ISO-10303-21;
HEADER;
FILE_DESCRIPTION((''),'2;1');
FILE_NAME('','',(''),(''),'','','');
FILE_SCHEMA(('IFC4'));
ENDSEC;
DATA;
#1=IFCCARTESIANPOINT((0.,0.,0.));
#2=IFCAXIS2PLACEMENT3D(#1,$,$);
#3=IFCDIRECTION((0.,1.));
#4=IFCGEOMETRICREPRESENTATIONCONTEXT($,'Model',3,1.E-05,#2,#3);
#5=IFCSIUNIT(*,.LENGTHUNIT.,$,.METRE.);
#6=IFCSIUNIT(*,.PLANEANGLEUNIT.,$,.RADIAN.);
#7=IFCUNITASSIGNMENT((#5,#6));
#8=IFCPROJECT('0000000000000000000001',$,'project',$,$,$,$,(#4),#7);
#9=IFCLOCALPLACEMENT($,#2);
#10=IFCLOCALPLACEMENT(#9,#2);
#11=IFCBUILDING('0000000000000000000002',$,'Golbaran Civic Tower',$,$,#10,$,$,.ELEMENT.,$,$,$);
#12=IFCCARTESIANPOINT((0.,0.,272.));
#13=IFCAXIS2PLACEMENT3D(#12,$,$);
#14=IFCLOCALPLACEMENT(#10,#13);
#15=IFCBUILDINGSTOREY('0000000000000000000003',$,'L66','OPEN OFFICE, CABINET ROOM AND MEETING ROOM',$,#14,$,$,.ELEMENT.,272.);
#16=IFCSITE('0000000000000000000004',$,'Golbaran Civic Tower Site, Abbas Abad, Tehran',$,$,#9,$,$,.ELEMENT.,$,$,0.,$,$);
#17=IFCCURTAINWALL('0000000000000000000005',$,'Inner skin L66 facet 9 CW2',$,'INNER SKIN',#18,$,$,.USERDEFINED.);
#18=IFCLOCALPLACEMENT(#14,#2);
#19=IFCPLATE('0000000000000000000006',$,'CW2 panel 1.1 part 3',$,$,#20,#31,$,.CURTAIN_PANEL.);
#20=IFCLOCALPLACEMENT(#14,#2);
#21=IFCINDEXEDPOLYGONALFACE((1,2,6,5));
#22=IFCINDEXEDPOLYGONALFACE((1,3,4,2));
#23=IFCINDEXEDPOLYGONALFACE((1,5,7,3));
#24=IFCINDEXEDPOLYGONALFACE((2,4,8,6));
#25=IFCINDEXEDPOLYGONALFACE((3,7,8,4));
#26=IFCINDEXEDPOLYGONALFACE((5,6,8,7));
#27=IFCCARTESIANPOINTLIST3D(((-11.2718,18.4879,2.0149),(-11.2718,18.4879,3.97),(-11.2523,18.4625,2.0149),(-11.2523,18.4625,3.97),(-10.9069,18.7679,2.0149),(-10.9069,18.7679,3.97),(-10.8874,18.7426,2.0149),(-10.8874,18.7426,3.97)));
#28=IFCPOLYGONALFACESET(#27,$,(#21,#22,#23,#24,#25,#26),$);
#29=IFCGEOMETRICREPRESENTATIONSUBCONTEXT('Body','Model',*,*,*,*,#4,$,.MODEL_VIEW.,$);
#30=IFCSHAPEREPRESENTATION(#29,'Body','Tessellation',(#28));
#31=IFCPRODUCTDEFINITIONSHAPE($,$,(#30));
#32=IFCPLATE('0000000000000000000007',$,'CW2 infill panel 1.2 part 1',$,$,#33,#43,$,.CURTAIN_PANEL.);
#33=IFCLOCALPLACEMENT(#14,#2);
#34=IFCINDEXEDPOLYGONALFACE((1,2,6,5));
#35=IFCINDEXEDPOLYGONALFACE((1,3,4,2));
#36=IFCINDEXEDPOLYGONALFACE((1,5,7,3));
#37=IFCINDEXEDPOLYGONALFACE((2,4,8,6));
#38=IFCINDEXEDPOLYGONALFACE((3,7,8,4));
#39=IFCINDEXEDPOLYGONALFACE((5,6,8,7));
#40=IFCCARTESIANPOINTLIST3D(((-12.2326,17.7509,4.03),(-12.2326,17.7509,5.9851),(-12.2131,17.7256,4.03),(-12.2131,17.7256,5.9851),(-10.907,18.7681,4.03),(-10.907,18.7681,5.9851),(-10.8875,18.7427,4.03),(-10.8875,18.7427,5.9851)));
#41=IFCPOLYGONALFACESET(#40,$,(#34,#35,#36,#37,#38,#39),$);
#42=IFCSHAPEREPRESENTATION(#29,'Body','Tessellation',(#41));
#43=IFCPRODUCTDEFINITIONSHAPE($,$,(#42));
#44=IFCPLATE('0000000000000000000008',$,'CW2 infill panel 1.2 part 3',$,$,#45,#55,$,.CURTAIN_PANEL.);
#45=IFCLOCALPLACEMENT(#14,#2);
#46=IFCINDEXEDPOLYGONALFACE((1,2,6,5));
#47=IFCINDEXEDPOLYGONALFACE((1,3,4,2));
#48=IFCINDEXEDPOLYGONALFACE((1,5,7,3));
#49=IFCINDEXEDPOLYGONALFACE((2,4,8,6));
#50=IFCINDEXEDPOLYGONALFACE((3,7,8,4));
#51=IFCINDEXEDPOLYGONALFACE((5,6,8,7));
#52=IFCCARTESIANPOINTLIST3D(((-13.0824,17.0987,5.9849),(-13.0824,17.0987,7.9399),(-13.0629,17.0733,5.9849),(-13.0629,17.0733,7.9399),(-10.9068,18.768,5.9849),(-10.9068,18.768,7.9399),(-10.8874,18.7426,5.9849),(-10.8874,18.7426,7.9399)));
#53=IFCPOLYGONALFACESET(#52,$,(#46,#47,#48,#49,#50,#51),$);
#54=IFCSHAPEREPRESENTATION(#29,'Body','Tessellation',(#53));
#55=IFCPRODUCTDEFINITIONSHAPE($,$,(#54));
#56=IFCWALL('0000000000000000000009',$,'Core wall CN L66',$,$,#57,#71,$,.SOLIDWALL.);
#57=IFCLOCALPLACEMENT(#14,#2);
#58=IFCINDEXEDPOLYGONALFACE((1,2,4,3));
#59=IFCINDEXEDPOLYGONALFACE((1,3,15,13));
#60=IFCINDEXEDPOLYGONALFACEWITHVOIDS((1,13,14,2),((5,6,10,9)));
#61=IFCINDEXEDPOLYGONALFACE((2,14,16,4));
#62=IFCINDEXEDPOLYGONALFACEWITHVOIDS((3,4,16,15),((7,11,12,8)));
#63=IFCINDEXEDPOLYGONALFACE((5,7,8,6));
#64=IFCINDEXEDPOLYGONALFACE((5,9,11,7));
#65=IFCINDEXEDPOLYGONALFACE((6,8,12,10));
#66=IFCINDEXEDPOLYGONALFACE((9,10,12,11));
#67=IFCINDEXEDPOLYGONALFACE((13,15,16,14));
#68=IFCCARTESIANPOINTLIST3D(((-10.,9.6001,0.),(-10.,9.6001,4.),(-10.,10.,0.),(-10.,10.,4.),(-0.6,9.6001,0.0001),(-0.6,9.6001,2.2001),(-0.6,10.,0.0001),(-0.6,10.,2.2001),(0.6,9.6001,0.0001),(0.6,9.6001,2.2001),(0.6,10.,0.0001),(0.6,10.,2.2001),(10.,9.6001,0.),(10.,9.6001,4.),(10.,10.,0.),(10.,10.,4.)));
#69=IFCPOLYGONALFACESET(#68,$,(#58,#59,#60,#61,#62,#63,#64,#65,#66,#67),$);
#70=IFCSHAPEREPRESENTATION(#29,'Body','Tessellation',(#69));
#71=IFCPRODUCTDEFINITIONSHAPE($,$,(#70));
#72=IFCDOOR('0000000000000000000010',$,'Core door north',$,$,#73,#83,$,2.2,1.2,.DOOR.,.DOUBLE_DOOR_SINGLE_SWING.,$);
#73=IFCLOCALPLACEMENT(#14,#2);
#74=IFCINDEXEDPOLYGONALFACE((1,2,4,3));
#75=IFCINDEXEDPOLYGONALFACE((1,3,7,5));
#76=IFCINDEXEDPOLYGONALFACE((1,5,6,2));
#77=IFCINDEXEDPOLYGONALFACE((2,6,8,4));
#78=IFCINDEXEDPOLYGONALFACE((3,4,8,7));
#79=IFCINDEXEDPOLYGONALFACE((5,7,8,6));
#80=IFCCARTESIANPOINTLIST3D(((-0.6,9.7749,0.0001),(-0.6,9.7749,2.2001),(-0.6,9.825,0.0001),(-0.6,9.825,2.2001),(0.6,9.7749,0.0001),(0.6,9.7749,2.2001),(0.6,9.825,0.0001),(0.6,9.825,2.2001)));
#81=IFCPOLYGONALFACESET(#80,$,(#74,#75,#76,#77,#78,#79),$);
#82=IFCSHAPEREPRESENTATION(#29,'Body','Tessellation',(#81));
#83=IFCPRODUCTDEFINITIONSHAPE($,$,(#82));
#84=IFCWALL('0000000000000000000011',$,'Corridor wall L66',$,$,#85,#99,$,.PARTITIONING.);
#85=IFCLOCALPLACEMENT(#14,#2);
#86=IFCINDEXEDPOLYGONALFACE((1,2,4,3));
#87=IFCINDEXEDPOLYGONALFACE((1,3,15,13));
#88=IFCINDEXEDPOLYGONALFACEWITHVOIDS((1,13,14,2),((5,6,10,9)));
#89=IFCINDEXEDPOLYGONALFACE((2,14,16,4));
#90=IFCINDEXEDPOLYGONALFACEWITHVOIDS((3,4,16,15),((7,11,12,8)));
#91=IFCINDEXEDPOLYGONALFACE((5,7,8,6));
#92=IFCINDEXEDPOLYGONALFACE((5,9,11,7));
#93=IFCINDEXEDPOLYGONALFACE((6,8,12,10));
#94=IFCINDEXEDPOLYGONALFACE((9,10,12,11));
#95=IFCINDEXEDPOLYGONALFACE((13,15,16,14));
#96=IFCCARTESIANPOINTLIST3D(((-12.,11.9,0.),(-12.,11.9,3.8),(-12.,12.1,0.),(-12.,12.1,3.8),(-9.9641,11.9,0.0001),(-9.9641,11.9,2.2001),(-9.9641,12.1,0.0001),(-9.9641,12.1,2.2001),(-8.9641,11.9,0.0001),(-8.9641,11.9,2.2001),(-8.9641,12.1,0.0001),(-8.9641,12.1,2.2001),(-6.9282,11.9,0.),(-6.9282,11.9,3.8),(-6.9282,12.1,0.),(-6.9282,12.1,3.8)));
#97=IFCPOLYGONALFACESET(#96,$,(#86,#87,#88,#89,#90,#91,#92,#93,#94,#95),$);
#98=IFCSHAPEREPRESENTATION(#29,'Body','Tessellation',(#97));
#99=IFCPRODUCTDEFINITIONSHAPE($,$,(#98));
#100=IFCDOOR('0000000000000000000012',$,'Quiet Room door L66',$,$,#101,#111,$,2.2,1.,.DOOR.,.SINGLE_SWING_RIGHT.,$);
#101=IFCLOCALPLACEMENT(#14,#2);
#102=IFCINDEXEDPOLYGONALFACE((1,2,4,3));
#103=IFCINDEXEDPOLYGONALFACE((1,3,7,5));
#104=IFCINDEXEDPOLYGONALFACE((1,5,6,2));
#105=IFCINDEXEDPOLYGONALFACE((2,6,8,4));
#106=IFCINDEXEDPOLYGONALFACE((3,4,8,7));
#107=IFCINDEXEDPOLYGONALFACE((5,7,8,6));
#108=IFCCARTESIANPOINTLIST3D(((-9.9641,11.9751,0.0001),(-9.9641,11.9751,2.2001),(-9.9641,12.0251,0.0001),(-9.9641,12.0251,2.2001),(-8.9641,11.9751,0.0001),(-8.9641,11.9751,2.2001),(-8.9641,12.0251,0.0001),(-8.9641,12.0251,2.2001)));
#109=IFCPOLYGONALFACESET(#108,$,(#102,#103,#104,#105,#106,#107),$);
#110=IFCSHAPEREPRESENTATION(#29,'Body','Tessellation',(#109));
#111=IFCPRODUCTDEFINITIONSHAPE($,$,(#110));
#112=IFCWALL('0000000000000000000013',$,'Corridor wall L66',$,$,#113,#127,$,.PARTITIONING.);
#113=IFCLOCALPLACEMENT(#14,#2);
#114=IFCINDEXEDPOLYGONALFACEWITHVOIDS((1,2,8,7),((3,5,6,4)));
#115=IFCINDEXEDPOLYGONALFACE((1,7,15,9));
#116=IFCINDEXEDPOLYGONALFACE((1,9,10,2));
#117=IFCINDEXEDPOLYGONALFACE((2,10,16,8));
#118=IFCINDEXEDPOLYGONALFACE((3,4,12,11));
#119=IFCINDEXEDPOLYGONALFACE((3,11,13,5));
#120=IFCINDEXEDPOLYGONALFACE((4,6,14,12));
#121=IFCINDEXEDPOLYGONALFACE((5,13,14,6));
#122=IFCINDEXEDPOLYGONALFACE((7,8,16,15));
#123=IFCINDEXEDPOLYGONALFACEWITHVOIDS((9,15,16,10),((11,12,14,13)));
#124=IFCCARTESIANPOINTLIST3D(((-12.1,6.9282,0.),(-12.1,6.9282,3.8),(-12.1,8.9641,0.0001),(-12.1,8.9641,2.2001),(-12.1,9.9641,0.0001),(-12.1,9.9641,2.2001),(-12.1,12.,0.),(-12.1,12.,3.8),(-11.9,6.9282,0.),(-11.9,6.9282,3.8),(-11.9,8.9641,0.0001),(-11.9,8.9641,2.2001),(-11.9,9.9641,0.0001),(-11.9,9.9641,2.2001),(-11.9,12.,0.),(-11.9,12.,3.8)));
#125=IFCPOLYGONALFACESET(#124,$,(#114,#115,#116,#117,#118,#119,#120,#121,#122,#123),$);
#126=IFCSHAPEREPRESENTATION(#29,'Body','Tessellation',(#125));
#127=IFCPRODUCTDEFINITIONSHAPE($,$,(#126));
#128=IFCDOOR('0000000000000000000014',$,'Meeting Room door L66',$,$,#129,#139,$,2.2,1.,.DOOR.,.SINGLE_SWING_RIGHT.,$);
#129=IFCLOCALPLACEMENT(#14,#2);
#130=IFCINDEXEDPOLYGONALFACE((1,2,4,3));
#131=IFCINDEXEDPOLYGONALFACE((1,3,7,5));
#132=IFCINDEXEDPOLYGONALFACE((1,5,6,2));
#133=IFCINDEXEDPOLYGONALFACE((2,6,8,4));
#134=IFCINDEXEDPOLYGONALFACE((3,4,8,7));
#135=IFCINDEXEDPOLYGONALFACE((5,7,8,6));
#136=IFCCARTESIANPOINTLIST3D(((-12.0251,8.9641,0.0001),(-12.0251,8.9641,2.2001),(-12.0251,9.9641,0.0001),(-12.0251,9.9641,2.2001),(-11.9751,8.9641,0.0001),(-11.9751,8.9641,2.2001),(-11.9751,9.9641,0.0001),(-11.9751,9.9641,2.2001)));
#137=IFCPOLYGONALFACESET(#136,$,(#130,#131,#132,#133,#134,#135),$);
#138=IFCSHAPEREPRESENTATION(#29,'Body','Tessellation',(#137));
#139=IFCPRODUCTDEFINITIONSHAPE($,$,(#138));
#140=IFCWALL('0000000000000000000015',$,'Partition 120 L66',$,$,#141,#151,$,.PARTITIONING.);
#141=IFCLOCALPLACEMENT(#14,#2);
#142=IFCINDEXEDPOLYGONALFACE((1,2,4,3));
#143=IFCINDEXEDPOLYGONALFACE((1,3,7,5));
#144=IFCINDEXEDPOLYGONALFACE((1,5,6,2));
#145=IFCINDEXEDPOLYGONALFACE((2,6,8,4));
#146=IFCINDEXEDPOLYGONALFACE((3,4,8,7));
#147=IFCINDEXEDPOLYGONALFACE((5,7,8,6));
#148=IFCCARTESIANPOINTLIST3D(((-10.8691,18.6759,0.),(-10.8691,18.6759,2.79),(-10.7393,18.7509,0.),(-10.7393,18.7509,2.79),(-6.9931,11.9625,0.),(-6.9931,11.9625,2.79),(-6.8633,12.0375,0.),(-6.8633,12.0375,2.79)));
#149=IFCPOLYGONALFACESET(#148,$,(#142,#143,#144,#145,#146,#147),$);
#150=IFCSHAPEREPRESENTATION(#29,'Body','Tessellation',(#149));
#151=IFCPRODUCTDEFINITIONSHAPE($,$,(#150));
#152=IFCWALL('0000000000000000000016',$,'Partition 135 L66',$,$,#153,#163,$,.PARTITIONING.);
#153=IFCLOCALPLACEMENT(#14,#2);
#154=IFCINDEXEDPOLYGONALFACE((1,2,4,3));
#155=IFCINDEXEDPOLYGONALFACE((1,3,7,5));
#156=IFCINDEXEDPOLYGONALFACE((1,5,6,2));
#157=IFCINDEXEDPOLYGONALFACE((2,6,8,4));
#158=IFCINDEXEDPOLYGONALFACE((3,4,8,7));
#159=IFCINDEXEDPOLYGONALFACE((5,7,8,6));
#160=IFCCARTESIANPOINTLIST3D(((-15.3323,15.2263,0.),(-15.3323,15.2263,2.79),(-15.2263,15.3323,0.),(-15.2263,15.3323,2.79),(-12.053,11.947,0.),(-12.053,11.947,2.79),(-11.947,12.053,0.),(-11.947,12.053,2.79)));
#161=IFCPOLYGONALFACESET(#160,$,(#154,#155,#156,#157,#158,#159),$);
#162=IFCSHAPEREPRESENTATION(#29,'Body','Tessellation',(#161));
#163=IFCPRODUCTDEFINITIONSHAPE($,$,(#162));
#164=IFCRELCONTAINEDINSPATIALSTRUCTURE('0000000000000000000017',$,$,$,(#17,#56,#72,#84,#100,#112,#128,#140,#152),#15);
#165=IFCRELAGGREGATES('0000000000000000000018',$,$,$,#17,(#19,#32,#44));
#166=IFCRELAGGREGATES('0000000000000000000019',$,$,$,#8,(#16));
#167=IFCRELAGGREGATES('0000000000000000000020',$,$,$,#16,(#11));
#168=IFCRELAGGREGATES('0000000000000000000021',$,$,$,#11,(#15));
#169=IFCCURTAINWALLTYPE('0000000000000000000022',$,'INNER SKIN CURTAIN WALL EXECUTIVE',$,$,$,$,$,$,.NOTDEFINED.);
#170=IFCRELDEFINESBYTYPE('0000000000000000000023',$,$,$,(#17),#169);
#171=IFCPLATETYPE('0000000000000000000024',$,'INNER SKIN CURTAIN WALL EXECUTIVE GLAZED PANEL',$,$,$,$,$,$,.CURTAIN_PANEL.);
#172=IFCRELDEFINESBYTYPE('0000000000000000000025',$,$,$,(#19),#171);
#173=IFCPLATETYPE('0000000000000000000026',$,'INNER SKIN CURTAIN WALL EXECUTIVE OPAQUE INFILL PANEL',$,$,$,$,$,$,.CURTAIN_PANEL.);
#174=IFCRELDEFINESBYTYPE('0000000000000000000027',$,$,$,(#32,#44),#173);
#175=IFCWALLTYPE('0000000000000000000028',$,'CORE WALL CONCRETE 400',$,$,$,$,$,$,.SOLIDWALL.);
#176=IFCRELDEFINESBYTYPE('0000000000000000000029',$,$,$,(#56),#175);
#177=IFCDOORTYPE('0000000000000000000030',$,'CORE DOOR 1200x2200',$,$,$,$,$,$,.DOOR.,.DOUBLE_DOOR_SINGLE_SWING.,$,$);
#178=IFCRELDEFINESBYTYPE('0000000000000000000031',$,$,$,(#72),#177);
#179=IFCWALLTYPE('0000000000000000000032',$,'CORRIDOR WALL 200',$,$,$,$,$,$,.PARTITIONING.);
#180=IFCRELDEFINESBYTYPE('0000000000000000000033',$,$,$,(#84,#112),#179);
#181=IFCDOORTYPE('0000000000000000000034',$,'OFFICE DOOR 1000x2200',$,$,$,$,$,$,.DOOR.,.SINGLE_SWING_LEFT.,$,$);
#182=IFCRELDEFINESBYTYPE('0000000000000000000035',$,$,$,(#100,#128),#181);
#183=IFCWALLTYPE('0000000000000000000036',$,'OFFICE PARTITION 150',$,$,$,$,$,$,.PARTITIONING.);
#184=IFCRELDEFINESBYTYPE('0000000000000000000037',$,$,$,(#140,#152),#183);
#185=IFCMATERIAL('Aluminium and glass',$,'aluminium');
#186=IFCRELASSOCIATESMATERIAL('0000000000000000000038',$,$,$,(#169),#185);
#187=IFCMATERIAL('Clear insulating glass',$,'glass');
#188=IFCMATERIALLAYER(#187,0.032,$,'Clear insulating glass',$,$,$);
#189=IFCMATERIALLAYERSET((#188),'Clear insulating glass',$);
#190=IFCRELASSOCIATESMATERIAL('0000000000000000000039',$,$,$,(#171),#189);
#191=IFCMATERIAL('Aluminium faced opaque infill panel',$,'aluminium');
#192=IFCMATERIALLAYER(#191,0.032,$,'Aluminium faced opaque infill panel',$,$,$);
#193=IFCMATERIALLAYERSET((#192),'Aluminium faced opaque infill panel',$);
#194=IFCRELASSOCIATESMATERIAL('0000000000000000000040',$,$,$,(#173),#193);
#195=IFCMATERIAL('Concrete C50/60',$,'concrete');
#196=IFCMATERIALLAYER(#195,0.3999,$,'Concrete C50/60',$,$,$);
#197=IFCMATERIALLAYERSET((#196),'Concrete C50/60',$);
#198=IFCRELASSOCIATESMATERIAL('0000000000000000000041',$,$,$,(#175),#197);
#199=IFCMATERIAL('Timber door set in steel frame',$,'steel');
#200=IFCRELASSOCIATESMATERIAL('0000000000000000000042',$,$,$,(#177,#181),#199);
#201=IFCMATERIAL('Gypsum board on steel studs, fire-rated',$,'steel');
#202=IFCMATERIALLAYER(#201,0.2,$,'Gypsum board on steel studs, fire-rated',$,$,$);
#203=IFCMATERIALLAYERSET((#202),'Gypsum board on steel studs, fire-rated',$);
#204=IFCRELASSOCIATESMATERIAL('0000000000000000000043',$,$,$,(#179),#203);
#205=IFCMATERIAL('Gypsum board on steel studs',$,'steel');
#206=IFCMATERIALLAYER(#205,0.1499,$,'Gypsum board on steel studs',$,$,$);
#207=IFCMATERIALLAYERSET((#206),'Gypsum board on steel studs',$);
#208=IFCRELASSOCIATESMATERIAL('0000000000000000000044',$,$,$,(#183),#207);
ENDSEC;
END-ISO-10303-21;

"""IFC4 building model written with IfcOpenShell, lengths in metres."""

from ifc_helpers import new_model, si_unit, direction, frame, frame_2d, origin, origin_2d, place, context, subcontext, project, spatial, rectangle, extrude, material, layer, layer_set, type_object, element, fill, aggregate, save


model = new_model("IFC4")

# Units and contexts
model_context = context("Model", 3, precision=1e-05, world=origin(), true_north=direction((0.0, 1.0)))
body_context = subcontext(model_context, "Body", "Model", "MODEL_VIEW")
ifc_project = project(units=[si_unit("LENGTHUNIT", "METRE"), si_unit("PLANEANGLEUNIT", "RADIAN")], contexts=[model_context])

# Site, building, storey
site_placement = place(None, origin())
site = spatial("IfcSite", under=ifc_project, at=site_placement, Name="Golbaran Civic Tower Site, Abbas Abad, Tehran", CompositionType="ELEMENT", RefElevation=0.0)
building_placement = place(site_placement, origin())
building = spatial("IfcBuilding", under=site, at=building_placement, Name="Golbaran Civic Tower", CompositionType="ELEMENT")
storey_placement = place(building_placement, frame((0.0, 0.0, 272.0)))
storey = spatial("IfcBuildingStorey", under=building, at=storey_placement, Name="L66", Description="OPEN OFFICE, CABINET ROOM AND MEETING ROOM", CompositionType="ELEMENT", Elevation=272.0)

# Shared definitions
ifc_material_1 = material(Name="Aluminium and glass", Category="aluminium")
curtain_wall_type = type_object("IfcCurtainWallType", Name="INNER SKIN CURTAIN WALL EXECUTIVE", PredefinedType="NOTDEFINED", material=ifc_material_1)

# Curtain wall
curtain_wall_1_placement = place(storey_placement, origin())
curtain_wall_1 = element("IfcCurtainWall", 1, at=curtain_wall_1_placement, inside=storey, type_object=curtain_wall_type, Name="Inner skin L66 facet 9 CW2", ObjectType="INNER SKIN", PredefinedType="USERDEFINED")

# Plates
ifc_material_2 = material(Name="Clear insulating glass", Category="glass")
ifc_layer_1 = layer(ifc_material_2, 0.032, Name="Clear insulating glass")
ifc_layer_set_1 = layer_set([ifc_layer_1], Name="Clear insulating glass")
plate_type_1 = type_object("IfcPlateType", Name="INNER SKIN CURTAIN WALL EXECUTIVE GLAZED PANEL", PredefinedType="CURTAIN_PANEL", material=ifc_layer_set_1)
plate_1_placement = place(storey_placement, frame((-11.0796, 18.6152, 2.0149), z_axis=(0.0, 0.0, 1.0), x_axis=(-0.793353, -0.608761, 0.0)))
plate_1 = element("IfcPlate", 2, at=plate_1_placement, type_object=plate_type_1, Name="CW2 panel 1.1 part 3", PredefinedType="CURTAIN_PANEL", context=body_context, shape_type="SweptSolid", body=[
    extrude(rectangle(XDim=0.46, YDim=0.032, at=origin_2d()), origin(), (0.0, 0.0, 1.0), 1.9551),
])
ifc_material_3 = material(Name="Aluminium faced opaque infill panel", Category="aluminium")
ifc_layer_2 = layer(ifc_material_3, 0.032, Name="Aluminium faced opaque infill panel")
ifc_layer_set_2 = layer_set([ifc_layer_2], Name="Aluminium faced opaque infill panel")
plate_type_2 = type_object("IfcPlateType", Name="INNER SKIN CURTAIN WALL EXECUTIVE OPAQUE INFILL PANEL", PredefinedType="CURTAIN_PANEL", material=ifc_layer_set_2)
plate_2_placement = place(storey_placement, frame((-11.5601, 18.2468, 4.03), z_axis=(0.0, 0.0, 1.0), x_axis=(-0.793353, -0.608761, 0.0)))
plate_2 = element("IfcPlate", 3, at=plate_2_placement, type_object=plate_type_2, Name="CW2 infill panel 1.2 part 1", PredefinedType="CURTAIN_PANEL", context=body_context, shape_type="SweptSolid", body=[
    extrude(rectangle(XDim=1.6709, YDim=0.032, at=origin_2d()), origin(), (0.0, 0.0, 1.0), 1.9551),
])
plate_3_placement = place(storey_placement, frame((-11.9849, 17.9207, 5.9849), z_axis=(0.0, 0.0, 1.0), x_axis=(-0.793353, -0.608761, 0.0)))
plate_3 = element("IfcPlate", 4, at=plate_3_placement, type_object=plate_type_2, Name="CW2 infill panel 1.2 part 3", PredefinedType="CURTAIN_PANEL", context=body_context, shape_type="SweptSolid", body=[
    extrude(rectangle(XDim=2.7422, YDim=0.032, at=origin_2d()), origin(), (0.0, 0.0, 1.0), 1.9551),
])
aggregate(curtain_wall_1, [plate_1, plate_2, plate_3])

# Walls, openings, doors
ifc_material_4 = material(Name="Concrete C50/60", Category="concrete")
ifc_layer_3 = layer(ifc_material_4, 0.3999, Name="Concrete C50/60")
ifc_layer_set_3 = layer_set([ifc_layer_3], Name="Concrete C50/60")
wall_type_1 = type_object("IfcWallType", Name="CORE WALL CONCRETE 400", PredefinedType="SOLIDWALL", material=ifc_layer_set_3)
wall_1_placement = place(storey_placement, frame((-10.0, 9.8, 0.0), z_axis=(0.0, 0.0, 1.0), x_axis=(1.0, 0.0, 0.0)))
wall_1 = element("IfcWall", 5, at=wall_1_placement, inside=storey, type_object=wall_type_1, Name="Core wall CN L66", PredefinedType="SOLIDWALL", context=body_context, shape_type="SweptSolid", body=[
    extrude(rectangle(XDim=20.0, YDim=0.3999, at=frame_2d((10.0, 0.0))), origin(), (0.0, 0.0, 1.0), 4.0),
])
opening_1_placement = place(wall_1_placement, frame((9.3999, 0.0, 0.0)))
opening_1 = element("IfcOpeningElement", 6, at=opening_1_placement, cuts=wall_1, PredefinedType="OPENING", context=body_context, shape_type="SweptSolid", body=[
    extrude(rectangle(XDim=1.2, YDim=2.2, at=frame_2d((0.6001, 1.1001))), frame((0.0, 0.21, 0.0), z_axis=(0.0, -1.0, 0.0), x_axis=(1.0, 0.0, 0.0)), (0.0, 0.0, 1.0), 0.4199),
])
ifc_material_5 = material(Name="Timber door set in steel frame", Category="steel")
door_type_1 = type_object("IfcDoorType", Name="CORE DOOR 1200x2200", OperationType="DOUBLE_DOOR_SINGLE_SWING", PredefinedType="DOOR", material=ifc_material_5)
door_1_placement = place(opening_1_placement, origin())
door_1 = element("IfcDoor", 7, at=door_1_placement, inside=storey, type_object=door_type_1, Name="Core door north", OperationType="DOUBLE_DOOR_SINGLE_SWING", OverallHeight=2.2, OverallWidth=1.2, PredefinedType="DOOR", context=body_context, shape_type="SweptSolid", body=[
    extrude(rectangle(XDim=1.2, YDim=2.2, at=frame_2d((0.6001, 1.1001))), frame((0.0, 0.0249, 0.0), z_axis=(0.0, -1.0, 0.0), x_axis=(1.0, 0.0, 0.0)), (0.0, 0.0, 1.0), 0.05),
])
fill(opening_1, door_1)
ifc_material_6 = material(Name="Gypsum board on steel studs, fire-rated", Category="steel")
ifc_layer_4 = layer(ifc_material_6, 0.2, Name="Gypsum board on steel studs, fire-rated")
ifc_layer_set_4 = layer_set([ifc_layer_4], Name="Gypsum board on steel studs, fire-rated")
wall_type_2 = type_object("IfcWallType", Name="CORRIDOR WALL 200", PredefinedType="PARTITIONING", material=ifc_layer_set_4)
wall_2_placement = place(storey_placement, frame((-6.9282, 12.0, 0.0), z_axis=(0.0, 0.0, 1.0), x_axis=(-1.0, 0.0, 0.0)))
wall_2 = element("IfcWall", 8, at=wall_2_placement, inside=storey, type_object=wall_type_2, Name="Corridor wall L66", PredefinedType="PARTITIONING", context=body_context, shape_type="SweptSolid", body=[
    extrude(rectangle(XDim=5.0718, YDim=0.2, at=frame_2d((2.5359, 0.0))), origin(), (0.0, 0.0, 1.0), 3.8),
])
opening_2_placement = place(wall_2_placement, frame((2.0359, 0.0, 0.0)))
opening_2 = element("IfcOpeningElement", 9, at=opening_2_placement, cuts=wall_2, PredefinedType="OPENING", context=body_context, shape_type="SweptSolid", body=[
    extrude(rectangle(XDim=1.0, YDim=2.2, at=frame_2d((0.5, 1.1001))), frame((0.0, 0.1099, 0.0), z_axis=(0.0, -1.0, 0.0), x_axis=(1.0, 0.0, 0.0)), (0.0, 0.0, 1.0), 0.22),
])
door_type_2 = type_object("IfcDoorType", Name="OFFICE DOOR 1000x2200", OperationType="SINGLE_SWING_LEFT", PredefinedType="DOOR", material=ifc_material_5)
door_2_placement = place(opening_2_placement, origin())
door_2 = element("IfcDoor", 10, at=door_2_placement, inside=storey, type_object=door_type_2, Name="Quiet Room door L66", OperationType="SINGLE_SWING_RIGHT", OverallHeight=2.2, OverallWidth=1.0, PredefinedType="DOOR", context=body_context, shape_type="SweptSolid", body=[
    extrude(rectangle(XDim=1.0, YDim=2.2, at=frame_2d((0.5, 1.1001))), frame((0.0, 0.0249, 0.0), z_axis=(0.0, -1.0, 0.0), x_axis=(1.0, 0.0, 0.0)), (0.0, 0.0, 1.0), 0.05),
])
fill(opening_2, door_2)
wall_3_placement = place(storey_placement, frame((-12.0, 12.0, 0.0), z_axis=(0.0, 0.0, 1.0), x_axis=(0.0, -1.0, 0.0)))
wall_3 = element("IfcWall", 11, at=wall_3_placement, inside=storey, type_object=wall_type_2, Name="Corridor wall L66", PredefinedType="PARTITIONING", context=body_context, shape_type="SweptSolid", body=[
    extrude(rectangle(XDim=5.0718, YDim=0.2, at=frame_2d((2.5359, 0.0))), origin(), (0.0, 0.0, 1.0), 3.8),
])
opening_3_placement = place(wall_3_placement, frame((2.0359, 0.0, 0.0)))
opening_3 = element("IfcOpeningElement", 12, at=opening_3_placement, cuts=wall_3, PredefinedType="OPENING", context=body_context, shape_type="SweptSolid", body=[
    extrude(rectangle(XDim=1.0, YDim=2.2, at=frame_2d((0.5, 1.1001))), frame((0.0, 0.1099, 0.0), z_axis=(0.0, -1.0, 0.0), x_axis=(1.0, 0.0, 0.0)), (0.0, 0.0, 1.0), 0.22),
])
door_3_placement = place(opening_3_placement, origin())
door_3 = element("IfcDoor", 13, at=door_3_placement, inside=storey, type_object=door_type_2, Name="Meeting Room door L66", OperationType="SINGLE_SWING_RIGHT", OverallHeight=2.2, OverallWidth=1.0, PredefinedType="DOOR", context=body_context, shape_type="SweptSolid", body=[
    extrude(rectangle(XDim=1.0, YDim=2.2, at=frame_2d((0.5, 1.1001))), frame((0.0, 0.0249, 0.0), z_axis=(0.0, -1.0, 0.0), x_axis=(1.0, 0.0, 0.0)), (0.0, 0.0, 1.0), 0.05),
])
fill(opening_3, door_3)

# Walls
ifc_material_7 = material(Name="Gypsum board on steel studs", Category="steel")
ifc_layer_5 = layer(ifc_material_7, 0.1499, Name="Gypsum board on steel studs")
ifc_layer_set_5 = layer_set([ifc_layer_5], Name="Gypsum board on steel studs")
wall_type_3 = type_object("IfcWallType", Name="OFFICE PARTITION 150", PredefinedType="PARTITIONING", material=ifc_layer_set_5)
wall_4_placement = place(storey_placement, frame((-6.9282, 12.0, 0.0), z_axis=(0.0, 0.0, 1.0), x_axis=(-0.500001, 0.866025, 0.0)))
element("IfcWall", 14, at=wall_4_placement, inside=storey, type_object=wall_type_3, Name="Partition 120 L66", PredefinedType="PARTITIONING", context=body_context, shape_type="SweptSolid", body=[
    extrude(rectangle(XDim=7.752, YDim=0.1499, at=frame_2d((3.876, 0.0))), origin(), (0.0, 0.0, 1.0), 2.79),
])
wall_5_placement = place(storey_placement, frame((-12.0, 12.0, 0.0), z_axis=(0.0, 0.0, 1.0), x_axis=(-0.707107, 0.707107, 0.0)))
element("IfcWall", 15, at=wall_5_placement, inside=storey, type_object=wall_type_3, Name="Partition 135 L66", PredefinedType="PARTITIONING", context=body_context, shape_type="SweptSolid", body=[
    extrude(rectangle(XDim=4.6377, YDim=0.1499, at=frame_2d((2.3188, 0.0))), origin(), (0.0, 0.0, 1.0), 2.79),
])

save(model, "model.ifc")
